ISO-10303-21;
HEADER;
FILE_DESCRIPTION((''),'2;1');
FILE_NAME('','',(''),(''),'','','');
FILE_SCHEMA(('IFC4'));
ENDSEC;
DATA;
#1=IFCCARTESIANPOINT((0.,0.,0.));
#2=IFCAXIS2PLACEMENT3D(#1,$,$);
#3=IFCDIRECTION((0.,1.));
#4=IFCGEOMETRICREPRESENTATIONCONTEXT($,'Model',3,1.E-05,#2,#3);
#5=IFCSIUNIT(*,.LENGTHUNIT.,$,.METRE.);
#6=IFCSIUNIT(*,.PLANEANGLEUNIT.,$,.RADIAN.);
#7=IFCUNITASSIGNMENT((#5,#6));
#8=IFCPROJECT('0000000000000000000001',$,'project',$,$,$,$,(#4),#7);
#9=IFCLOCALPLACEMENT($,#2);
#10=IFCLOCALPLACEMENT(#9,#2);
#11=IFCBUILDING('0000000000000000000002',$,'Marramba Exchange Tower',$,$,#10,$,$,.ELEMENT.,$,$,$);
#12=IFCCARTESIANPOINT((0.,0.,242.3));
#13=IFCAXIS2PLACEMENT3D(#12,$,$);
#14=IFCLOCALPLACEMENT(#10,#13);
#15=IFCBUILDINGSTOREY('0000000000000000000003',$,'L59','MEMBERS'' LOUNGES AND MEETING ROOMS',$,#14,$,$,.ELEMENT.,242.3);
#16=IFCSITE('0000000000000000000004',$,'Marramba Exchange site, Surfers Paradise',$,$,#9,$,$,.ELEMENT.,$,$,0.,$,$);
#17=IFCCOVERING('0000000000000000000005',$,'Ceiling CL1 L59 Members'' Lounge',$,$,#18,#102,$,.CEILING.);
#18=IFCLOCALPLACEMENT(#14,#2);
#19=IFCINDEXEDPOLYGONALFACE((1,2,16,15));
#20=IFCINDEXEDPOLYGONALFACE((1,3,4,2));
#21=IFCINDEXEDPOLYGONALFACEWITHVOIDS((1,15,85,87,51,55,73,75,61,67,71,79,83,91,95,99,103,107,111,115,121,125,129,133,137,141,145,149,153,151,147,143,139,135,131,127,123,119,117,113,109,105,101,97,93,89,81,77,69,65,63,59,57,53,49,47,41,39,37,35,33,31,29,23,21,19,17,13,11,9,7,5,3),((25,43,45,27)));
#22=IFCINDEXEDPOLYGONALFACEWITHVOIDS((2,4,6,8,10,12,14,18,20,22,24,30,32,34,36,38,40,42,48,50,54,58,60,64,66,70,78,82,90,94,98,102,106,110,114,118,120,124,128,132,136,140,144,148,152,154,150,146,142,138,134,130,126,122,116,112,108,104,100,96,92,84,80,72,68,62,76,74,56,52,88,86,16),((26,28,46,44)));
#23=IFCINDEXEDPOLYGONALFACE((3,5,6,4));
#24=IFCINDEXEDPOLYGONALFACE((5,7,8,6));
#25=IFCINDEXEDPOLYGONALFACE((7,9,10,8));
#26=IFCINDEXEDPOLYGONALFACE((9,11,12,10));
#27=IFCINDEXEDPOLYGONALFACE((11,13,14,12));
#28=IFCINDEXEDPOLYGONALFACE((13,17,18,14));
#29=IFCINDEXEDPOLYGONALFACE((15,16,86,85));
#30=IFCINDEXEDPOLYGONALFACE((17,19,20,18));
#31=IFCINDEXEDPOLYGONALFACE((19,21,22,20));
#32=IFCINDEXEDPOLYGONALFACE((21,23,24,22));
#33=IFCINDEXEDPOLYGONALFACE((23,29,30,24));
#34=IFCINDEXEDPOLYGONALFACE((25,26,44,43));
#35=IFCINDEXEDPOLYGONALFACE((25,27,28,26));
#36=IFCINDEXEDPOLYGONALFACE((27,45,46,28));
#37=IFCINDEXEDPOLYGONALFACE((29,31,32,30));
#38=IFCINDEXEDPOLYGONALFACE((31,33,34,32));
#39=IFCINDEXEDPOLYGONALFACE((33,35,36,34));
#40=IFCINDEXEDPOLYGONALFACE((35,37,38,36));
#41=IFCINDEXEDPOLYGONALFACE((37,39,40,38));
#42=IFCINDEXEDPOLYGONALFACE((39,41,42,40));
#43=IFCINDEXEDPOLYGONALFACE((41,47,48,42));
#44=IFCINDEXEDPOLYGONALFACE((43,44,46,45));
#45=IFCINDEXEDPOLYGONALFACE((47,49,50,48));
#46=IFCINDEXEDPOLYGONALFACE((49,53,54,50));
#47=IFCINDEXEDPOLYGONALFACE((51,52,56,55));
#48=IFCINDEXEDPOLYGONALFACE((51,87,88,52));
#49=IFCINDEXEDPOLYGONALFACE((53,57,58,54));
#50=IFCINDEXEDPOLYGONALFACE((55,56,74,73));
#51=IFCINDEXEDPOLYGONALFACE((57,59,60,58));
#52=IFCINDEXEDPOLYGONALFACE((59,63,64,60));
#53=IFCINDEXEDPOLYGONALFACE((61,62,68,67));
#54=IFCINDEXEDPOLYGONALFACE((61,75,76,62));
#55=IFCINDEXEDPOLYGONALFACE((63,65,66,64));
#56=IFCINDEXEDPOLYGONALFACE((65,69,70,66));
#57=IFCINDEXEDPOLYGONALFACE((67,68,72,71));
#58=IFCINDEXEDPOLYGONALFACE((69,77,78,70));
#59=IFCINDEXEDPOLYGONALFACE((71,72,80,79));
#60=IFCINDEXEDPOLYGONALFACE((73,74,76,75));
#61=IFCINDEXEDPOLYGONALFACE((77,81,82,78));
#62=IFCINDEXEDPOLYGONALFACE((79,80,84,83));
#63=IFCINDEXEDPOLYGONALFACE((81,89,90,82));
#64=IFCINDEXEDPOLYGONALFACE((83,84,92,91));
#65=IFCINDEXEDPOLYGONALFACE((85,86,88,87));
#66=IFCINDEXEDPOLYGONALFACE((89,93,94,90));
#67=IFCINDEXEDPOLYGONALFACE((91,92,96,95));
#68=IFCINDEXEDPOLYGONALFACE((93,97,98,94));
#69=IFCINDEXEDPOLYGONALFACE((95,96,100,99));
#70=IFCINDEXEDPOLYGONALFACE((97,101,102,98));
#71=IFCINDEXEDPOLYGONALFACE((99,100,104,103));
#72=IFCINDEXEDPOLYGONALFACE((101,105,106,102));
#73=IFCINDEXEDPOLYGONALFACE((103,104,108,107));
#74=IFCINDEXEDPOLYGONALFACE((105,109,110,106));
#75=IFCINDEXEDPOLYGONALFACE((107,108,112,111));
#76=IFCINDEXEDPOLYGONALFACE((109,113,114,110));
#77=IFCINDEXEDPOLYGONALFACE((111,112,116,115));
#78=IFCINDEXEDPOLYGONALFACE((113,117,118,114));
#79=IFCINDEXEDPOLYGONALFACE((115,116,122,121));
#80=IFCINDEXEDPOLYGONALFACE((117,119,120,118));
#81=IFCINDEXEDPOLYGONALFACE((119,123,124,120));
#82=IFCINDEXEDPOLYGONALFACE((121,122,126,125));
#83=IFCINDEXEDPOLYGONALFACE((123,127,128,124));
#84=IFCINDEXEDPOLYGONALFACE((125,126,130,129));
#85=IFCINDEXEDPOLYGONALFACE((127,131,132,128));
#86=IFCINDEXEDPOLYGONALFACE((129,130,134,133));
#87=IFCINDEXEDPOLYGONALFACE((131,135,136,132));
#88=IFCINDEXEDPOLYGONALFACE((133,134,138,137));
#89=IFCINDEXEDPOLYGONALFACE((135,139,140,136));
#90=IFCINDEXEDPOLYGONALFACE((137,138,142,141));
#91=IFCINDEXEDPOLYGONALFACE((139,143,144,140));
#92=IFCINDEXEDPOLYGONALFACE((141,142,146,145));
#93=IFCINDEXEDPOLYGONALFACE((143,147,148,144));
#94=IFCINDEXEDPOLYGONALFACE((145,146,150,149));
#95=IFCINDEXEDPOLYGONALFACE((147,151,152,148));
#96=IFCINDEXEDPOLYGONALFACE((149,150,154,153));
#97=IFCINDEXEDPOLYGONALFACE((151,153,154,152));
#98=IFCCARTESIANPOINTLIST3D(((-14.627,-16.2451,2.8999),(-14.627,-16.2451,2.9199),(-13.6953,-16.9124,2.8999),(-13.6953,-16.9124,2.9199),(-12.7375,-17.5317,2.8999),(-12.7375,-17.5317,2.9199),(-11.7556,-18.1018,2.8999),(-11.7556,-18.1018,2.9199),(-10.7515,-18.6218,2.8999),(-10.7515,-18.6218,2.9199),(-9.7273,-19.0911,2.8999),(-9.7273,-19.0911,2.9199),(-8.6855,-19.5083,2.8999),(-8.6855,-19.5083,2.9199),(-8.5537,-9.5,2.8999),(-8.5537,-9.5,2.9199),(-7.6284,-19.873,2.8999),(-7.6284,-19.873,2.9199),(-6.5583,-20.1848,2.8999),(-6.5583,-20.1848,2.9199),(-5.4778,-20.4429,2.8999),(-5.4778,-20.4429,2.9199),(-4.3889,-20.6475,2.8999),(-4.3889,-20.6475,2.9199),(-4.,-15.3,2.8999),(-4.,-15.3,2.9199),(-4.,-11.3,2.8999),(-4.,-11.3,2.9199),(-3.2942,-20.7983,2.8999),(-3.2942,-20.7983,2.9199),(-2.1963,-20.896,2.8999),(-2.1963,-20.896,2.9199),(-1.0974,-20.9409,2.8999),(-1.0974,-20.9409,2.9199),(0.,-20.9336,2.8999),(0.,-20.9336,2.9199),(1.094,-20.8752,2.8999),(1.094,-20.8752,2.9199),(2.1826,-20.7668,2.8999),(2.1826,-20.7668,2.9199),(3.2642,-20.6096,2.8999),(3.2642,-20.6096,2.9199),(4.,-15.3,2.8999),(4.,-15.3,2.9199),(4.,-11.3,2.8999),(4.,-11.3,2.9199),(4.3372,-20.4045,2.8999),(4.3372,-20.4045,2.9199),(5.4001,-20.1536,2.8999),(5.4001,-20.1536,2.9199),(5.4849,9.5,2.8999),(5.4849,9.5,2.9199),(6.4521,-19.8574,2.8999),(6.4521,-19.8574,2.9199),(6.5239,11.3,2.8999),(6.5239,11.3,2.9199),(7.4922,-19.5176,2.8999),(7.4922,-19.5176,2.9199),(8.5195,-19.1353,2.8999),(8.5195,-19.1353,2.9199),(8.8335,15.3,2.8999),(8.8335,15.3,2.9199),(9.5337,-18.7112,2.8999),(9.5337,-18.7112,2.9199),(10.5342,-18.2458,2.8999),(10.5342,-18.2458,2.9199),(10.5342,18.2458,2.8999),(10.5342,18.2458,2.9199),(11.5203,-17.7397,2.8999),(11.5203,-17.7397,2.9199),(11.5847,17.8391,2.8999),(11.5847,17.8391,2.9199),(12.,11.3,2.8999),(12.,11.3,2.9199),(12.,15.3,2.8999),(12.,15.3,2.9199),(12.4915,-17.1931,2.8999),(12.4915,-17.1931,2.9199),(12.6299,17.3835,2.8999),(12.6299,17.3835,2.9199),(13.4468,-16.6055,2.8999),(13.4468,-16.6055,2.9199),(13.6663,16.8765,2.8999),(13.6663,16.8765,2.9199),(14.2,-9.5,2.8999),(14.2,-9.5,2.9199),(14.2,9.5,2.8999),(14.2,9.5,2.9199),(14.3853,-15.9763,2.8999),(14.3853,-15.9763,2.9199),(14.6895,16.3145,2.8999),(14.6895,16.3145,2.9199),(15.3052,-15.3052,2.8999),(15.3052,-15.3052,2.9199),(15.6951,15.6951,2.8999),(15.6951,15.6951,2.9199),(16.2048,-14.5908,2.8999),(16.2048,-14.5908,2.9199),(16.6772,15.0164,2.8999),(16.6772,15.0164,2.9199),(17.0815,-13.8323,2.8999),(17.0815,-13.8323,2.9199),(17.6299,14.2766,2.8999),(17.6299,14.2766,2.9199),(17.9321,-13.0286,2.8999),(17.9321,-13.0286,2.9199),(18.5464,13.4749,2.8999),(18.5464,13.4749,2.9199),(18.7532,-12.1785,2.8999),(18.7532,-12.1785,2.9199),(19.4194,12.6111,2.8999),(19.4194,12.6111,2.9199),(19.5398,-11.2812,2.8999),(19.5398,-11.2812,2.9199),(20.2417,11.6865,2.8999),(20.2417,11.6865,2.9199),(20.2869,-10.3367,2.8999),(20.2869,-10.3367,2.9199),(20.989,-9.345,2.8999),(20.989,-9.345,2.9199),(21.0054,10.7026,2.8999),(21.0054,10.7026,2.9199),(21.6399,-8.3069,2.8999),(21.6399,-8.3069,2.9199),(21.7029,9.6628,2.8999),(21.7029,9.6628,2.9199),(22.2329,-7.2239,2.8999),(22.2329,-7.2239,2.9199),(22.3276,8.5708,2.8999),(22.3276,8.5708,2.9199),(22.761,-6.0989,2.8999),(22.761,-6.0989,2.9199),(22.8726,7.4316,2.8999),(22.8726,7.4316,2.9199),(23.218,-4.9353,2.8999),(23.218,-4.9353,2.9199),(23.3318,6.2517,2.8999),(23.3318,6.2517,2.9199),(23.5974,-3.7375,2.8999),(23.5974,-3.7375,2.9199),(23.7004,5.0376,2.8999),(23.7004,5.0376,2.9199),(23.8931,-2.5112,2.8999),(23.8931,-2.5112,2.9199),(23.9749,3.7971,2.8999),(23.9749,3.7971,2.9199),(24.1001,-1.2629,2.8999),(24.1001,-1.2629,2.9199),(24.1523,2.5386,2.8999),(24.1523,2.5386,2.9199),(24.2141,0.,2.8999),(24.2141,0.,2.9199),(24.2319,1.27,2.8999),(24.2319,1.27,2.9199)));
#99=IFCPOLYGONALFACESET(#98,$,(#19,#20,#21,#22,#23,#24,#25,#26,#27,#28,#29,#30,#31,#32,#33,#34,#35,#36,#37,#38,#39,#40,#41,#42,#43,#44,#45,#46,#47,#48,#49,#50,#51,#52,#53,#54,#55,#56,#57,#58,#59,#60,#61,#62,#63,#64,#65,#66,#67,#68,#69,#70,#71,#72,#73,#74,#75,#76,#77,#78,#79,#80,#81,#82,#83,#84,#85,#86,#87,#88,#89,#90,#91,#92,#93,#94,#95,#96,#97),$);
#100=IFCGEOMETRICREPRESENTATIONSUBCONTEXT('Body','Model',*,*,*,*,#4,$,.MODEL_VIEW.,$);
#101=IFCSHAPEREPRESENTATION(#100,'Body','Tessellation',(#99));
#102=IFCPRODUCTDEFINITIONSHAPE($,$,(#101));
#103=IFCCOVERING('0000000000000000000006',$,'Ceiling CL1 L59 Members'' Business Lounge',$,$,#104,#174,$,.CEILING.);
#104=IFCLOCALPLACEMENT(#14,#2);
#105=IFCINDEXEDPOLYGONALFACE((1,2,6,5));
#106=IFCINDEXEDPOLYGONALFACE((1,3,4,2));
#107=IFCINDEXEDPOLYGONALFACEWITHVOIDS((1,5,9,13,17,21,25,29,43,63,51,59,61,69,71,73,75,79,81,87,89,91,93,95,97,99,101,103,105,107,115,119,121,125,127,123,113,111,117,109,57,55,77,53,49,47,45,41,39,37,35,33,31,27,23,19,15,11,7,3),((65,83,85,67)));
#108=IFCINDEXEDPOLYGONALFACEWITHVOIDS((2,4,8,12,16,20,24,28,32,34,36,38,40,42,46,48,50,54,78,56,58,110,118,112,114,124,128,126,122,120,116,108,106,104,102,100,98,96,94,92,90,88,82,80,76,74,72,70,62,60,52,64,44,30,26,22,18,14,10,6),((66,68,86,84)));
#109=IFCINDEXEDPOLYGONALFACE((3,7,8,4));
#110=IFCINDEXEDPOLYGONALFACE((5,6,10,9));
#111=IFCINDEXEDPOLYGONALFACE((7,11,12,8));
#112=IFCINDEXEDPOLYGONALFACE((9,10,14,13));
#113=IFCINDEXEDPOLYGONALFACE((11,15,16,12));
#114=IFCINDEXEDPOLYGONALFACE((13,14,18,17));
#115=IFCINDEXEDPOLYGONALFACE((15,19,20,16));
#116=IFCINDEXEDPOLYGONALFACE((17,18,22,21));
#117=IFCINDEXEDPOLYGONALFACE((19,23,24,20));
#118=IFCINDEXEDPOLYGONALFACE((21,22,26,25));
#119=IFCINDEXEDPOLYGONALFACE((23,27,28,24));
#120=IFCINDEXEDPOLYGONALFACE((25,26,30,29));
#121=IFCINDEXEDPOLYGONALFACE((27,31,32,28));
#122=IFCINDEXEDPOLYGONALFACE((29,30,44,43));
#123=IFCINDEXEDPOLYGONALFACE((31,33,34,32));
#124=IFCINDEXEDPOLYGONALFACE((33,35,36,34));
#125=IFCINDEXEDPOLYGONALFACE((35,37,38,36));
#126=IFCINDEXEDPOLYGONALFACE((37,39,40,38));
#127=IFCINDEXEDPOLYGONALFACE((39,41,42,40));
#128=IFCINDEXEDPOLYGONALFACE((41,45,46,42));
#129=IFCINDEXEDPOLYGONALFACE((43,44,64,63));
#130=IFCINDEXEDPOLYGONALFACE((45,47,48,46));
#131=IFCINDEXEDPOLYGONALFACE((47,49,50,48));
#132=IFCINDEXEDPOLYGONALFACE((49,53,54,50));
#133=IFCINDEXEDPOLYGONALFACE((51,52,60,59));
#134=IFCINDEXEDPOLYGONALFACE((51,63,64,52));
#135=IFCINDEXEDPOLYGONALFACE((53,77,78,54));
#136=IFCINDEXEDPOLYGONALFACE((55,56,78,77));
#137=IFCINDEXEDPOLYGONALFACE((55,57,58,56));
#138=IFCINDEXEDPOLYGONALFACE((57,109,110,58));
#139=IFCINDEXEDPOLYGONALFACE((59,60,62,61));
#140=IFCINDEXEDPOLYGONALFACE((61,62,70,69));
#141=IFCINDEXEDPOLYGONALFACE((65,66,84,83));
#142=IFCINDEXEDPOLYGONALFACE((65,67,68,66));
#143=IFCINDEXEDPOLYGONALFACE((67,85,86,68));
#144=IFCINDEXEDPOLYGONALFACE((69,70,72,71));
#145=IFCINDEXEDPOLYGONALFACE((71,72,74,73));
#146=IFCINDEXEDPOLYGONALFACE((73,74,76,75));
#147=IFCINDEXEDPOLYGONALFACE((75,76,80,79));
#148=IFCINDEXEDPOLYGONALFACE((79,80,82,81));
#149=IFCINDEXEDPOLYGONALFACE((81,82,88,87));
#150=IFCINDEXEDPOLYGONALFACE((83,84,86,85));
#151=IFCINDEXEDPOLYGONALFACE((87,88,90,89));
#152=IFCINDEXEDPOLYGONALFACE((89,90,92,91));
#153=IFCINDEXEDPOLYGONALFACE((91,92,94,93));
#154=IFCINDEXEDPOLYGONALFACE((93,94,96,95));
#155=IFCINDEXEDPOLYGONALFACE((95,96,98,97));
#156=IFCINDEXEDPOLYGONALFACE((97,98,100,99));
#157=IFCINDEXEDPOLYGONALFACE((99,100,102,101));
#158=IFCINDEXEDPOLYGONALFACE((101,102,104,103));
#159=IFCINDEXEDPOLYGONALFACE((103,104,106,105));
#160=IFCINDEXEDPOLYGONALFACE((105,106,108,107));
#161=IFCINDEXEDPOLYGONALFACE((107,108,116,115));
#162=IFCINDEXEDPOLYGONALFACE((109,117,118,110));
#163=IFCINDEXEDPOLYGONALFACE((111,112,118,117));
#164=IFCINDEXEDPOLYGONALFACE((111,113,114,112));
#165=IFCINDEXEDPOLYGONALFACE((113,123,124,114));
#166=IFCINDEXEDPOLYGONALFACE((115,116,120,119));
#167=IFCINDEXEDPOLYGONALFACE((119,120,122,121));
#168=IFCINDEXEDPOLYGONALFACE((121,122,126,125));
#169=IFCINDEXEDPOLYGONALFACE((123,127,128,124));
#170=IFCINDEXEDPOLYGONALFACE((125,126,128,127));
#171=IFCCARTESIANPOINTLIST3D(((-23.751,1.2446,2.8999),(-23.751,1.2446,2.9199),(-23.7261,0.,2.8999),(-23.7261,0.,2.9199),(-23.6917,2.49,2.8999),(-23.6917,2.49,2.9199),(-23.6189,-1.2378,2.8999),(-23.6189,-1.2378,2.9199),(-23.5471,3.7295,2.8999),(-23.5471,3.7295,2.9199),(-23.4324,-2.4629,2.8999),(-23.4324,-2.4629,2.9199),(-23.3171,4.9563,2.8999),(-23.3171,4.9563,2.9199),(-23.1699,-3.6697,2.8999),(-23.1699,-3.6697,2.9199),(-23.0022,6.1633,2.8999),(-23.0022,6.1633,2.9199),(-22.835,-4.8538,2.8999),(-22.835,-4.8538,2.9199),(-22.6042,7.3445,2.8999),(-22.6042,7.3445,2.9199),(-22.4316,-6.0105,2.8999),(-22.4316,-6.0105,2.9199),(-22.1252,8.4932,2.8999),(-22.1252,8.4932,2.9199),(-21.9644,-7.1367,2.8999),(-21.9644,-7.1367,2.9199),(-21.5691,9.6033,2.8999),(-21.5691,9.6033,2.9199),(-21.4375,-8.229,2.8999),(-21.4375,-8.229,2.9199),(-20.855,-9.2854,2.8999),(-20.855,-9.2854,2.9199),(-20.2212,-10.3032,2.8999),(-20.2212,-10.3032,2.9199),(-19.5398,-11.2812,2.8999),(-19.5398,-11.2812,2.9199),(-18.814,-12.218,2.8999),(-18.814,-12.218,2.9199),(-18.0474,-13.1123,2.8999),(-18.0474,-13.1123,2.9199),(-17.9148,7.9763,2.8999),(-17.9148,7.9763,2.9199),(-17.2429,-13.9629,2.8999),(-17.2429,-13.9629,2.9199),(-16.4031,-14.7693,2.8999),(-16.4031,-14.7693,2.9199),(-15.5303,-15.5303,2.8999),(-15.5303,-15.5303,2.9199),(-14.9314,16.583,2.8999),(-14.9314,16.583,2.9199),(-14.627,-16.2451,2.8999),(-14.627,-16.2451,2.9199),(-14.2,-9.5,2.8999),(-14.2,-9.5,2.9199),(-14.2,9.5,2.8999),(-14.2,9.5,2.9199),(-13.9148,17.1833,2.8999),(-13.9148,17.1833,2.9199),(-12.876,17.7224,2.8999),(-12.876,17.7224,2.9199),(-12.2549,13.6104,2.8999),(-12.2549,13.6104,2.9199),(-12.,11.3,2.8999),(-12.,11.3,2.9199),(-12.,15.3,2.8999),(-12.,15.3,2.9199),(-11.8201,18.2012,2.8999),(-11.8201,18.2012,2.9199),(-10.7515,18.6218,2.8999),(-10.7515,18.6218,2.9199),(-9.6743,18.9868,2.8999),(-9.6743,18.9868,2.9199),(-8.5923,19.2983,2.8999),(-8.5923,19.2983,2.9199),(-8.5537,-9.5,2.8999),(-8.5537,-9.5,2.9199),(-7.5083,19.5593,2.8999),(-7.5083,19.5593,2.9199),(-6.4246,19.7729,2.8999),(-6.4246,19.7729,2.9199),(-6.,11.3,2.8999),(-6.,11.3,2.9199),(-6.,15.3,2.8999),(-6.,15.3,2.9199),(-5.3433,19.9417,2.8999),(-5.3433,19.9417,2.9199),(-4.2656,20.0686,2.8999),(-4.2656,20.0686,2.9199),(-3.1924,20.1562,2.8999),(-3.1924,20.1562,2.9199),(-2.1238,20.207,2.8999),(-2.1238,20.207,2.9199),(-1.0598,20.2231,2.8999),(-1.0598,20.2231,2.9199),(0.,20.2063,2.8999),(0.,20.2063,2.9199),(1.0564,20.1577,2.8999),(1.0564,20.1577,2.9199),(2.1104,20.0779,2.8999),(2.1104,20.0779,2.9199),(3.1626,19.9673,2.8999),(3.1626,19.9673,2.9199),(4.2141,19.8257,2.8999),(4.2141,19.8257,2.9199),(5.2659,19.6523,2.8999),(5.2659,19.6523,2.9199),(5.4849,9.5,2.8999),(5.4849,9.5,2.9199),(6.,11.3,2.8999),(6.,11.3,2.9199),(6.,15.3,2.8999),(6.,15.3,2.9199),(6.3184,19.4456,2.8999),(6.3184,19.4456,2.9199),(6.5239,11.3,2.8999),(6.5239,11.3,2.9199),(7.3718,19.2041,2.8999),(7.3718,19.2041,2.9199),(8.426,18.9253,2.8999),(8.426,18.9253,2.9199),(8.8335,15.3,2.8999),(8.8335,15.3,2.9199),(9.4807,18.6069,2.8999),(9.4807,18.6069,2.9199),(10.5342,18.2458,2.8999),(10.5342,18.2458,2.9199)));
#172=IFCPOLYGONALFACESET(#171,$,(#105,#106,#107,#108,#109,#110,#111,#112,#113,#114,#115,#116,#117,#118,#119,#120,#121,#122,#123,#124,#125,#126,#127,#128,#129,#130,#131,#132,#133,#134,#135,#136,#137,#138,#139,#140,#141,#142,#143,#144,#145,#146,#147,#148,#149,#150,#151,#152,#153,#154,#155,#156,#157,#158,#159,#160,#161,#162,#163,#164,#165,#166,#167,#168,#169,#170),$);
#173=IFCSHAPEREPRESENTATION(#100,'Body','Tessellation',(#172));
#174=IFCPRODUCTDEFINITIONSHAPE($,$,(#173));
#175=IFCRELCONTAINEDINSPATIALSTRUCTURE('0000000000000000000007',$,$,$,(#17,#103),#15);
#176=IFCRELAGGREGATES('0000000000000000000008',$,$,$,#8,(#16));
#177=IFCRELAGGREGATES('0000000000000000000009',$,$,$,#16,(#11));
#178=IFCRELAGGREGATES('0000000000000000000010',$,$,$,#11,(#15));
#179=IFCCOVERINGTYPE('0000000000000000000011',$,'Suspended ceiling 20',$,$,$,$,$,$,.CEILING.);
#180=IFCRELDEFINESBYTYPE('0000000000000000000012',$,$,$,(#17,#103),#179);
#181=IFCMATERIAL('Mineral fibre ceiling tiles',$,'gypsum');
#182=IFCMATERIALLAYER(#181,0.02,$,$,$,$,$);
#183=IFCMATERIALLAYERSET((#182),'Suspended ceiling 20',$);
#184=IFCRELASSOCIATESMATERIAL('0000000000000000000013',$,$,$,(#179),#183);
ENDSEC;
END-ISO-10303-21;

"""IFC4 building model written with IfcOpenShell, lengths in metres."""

from ifc_helpers import new_model, si_unit, direction, frame, origin, place, context, subcontext, project, spatial, polyline, outline, extrude, material, layer, layer_set, type_object, element, save


model = new_model("IFC4")

# Units and contexts
model_context = context("Model", 3, precision=1e-05, world=origin(), true_north=direction((0.0, 1.0)))
body_context = subcontext(model_context, "Body", "Model", "MODEL_VIEW")
ifc_project = project(units=[si_unit("LENGTHUNIT", "METRE"), si_unit("PLANEANGLEUNIT", "RADIAN")], contexts=[model_context])

# Site, building, storey
site_placement = place(None, origin())
site = spatial("IfcSite", under=ifc_project, at=site_placement, Name="Marramba Exchange site, Surfers Paradise", CompositionType="ELEMENT", RefElevation=0.0)
building_placement = place(site_placement, origin())
building = spatial("IfcBuilding", under=site, at=building_placement, Name="Marramba Exchange Tower", CompositionType="ELEMENT")
storey_placement = place(building_placement, frame((0.0, 0.0, 242.3)))
storey = spatial("IfcBuildingStorey", under=building, at=storey_placement, Name="L59", Description="MEMBERS' LOUNGES AND MEETING ROOMS", CompositionType="ELEMENT", Elevation=242.3)

# Coverings
ifc_material_1 = material(Name="Mineral fibre ceiling tiles", Category="gypsum")
ifc_layer_1 = layer(ifc_material_1, 0.02)
ifc_layer_set_1 = layer_set([ifc_layer_1], Name="Suspended ceiling 20")
covering_type = type_object("IfcCoveringType", Name="Suspended ceiling 20", PredefinedType="CEILING", material=ifc_layer_set_1)
covering_1_placement = place(storey_placement, frame((0.0, 0.0, 2.8999)))
element("IfcCovering", 1, at=covering_1_placement, inside=storey, type_object=covering_type, Name="Ceiling CL1 L59 Members' Lounge", PredefinedType="CEILING", context=body_context, shape_type="SweptSolid", body=[
    extrude(outline(polyline([(14.2, 9.5), (5.4849, 9.5), (6.5239, 11.3), (12.0, 11.3), (12.0, 15.3), (8.8335, 15.3), (10.5342, 18.2458), (11.5847, 17.8391), (12.6299, 17.3835), (13.6663, 16.8765), (14.6895, 16.3145), (15.6951, 15.6951), (16.6772, 15.0164), (17.6299, 14.2766), (18.5464, 13.4749), (19.4194, 12.6111), (20.2417, 11.6865), (21.0054, 10.7026), (21.7029, 9.6628), (22.3276, 8.5708), (22.8726, 7.4316), (23.3318, 6.2517), (23.7004, 5.0376), (23.9749, 3.7971), (24.1523, 2.5386), (24.2319, 1.27), (24.2141, 0.0), (24.1001, -1.2629), (23.8931, -2.5112), (23.5974, -3.7375), (23.218, -4.9353), (22.761, -6.0989), (22.2329, -7.2239), (21.6399, -8.3069), (20.989, -9.345), (20.2869, -10.3367), (19.5398, -11.2812), (18.7532, -12.1785), (17.9321, -13.0286), (17.0815, -13.8323), (16.2048, -14.5908), (15.3052, -15.3052), (14.3853, -15.9763), (13.4468, -16.6055), (12.4915, -17.1931), (11.5203, -17.7397), (10.5342, -18.2458), (9.5337, -18.7112), (8.5195, -19.1353), (7.4922, -19.5176), (6.4521, -19.8574), (5.4001, -20.1536), (4.3372, -20.4045), (3.2642, -20.6096), (2.1826, -20.7668), (1.094, -20.8752), (0.0, -20.9336), (-1.0974, -20.9409), (-2.1963, -20.896), (-3.2942, -20.7983), (-4.3889, -20.6475), (-5.4778, -20.4429), (-6.5583, -20.1848), (-7.6284, -19.873), (-8.6855, -19.5083), (-9.7273, -19.0911), (-10.7515, -18.6218), (-11.7556, -18.1018), (-12.7375, -17.5317), (-13.6953, -16.9124), (-14.627, -16.2451), (-8.5537, -9.5), (14.2, -9.5), (14.2, 9.5)]), holes=[polyline([(4.0, -15.3), (4.0, -11.3), (-4.0, -11.3), (-4.0, -15.3), (4.0, -15.3)])]), origin(), (0.0, 0.0, 1.0), 0.02),
])
covering_2_placement = place(storey_placement, frame((0.0, 0.0, 2.8999)))
element("IfcCovering", 2, at=covering_2_placement, inside=storey, type_object=covering_type, Name="Ceiling CL1 L59 Members' Business Lounge", PredefinedType="CEILING", context=body_context, shape_type="SweptSolid", body=[
    extrude(outline(polyline([(-16.4031, -14.7693), (-17.2429, -13.9629), (-18.0474, -13.1123), (-18.814, -12.218), (-19.5398, -11.2812), (-20.2212, -10.3032), (-20.855, -9.2854), (-21.4375, -8.229), (-21.9644, -7.1367), (-22.4316, -6.0105), (-22.835, -4.8538), (-23.1699, -3.6697), (-23.4324, -2.4629), (-23.6189, -1.2378), (-23.7261, 0.0), (-23.751, 1.2446), (-23.6917, 2.49), (-23.5471, 3.7295), (-23.3171, 4.9563), (-23.0022, 6.1633), (-22.6042, 7.3445), (-22.1252, 8.4932), (-21.5691, 9.6033), (-17.9148, 7.9763), (-12.2549, 13.6104), (-14.9314, 16.583), (-13.9148, 17.1833), (-12.876, 17.7224), (-11.8201, 18.2012), (-10.7515, 18.6218), (-9.6743, 18.9868), (-8.5923, 19.2983), (-7.5083, 19.5593), (-6.4246, 19.7729), (-5.3433, 19.9417), (-4.2656, 20.0686), (-3.1924, 20.1562), (-2.1238, 20.207), (-1.0598, 20.2231), (0.0, 20.2063), (1.0564, 20.1577), (2.1104, 20.0779), (3.1626, 19.9673), (4.2141, 19.8257), (5.2659, 19.6523), (6.3184, 19.4456), (7.3718, 19.2041), (8.426, 18.9253), (9.4807, 18.6069), (10.5342, 18.2458), (8.8335, 15.3), (6.0, 15.3), (6.0, 11.3), (6.5239, 11.3), (5.4849, 9.5), (-14.2, 9.5), (-14.2, -9.5), (-8.5537, -9.5), (-14.627, -16.2451), (-15.5303, -15.5303), (-16.4031, -14.7693)]), holes=[polyline([(-12.0, 11.3), (-6.0, 11.3), (-6.0, 15.3), (-12.0, 15.3), (-12.0, 11.3)])]), origin(), (0.0, 0.0, 1.0), 0.02),
])

save(model, "model.ifc")
